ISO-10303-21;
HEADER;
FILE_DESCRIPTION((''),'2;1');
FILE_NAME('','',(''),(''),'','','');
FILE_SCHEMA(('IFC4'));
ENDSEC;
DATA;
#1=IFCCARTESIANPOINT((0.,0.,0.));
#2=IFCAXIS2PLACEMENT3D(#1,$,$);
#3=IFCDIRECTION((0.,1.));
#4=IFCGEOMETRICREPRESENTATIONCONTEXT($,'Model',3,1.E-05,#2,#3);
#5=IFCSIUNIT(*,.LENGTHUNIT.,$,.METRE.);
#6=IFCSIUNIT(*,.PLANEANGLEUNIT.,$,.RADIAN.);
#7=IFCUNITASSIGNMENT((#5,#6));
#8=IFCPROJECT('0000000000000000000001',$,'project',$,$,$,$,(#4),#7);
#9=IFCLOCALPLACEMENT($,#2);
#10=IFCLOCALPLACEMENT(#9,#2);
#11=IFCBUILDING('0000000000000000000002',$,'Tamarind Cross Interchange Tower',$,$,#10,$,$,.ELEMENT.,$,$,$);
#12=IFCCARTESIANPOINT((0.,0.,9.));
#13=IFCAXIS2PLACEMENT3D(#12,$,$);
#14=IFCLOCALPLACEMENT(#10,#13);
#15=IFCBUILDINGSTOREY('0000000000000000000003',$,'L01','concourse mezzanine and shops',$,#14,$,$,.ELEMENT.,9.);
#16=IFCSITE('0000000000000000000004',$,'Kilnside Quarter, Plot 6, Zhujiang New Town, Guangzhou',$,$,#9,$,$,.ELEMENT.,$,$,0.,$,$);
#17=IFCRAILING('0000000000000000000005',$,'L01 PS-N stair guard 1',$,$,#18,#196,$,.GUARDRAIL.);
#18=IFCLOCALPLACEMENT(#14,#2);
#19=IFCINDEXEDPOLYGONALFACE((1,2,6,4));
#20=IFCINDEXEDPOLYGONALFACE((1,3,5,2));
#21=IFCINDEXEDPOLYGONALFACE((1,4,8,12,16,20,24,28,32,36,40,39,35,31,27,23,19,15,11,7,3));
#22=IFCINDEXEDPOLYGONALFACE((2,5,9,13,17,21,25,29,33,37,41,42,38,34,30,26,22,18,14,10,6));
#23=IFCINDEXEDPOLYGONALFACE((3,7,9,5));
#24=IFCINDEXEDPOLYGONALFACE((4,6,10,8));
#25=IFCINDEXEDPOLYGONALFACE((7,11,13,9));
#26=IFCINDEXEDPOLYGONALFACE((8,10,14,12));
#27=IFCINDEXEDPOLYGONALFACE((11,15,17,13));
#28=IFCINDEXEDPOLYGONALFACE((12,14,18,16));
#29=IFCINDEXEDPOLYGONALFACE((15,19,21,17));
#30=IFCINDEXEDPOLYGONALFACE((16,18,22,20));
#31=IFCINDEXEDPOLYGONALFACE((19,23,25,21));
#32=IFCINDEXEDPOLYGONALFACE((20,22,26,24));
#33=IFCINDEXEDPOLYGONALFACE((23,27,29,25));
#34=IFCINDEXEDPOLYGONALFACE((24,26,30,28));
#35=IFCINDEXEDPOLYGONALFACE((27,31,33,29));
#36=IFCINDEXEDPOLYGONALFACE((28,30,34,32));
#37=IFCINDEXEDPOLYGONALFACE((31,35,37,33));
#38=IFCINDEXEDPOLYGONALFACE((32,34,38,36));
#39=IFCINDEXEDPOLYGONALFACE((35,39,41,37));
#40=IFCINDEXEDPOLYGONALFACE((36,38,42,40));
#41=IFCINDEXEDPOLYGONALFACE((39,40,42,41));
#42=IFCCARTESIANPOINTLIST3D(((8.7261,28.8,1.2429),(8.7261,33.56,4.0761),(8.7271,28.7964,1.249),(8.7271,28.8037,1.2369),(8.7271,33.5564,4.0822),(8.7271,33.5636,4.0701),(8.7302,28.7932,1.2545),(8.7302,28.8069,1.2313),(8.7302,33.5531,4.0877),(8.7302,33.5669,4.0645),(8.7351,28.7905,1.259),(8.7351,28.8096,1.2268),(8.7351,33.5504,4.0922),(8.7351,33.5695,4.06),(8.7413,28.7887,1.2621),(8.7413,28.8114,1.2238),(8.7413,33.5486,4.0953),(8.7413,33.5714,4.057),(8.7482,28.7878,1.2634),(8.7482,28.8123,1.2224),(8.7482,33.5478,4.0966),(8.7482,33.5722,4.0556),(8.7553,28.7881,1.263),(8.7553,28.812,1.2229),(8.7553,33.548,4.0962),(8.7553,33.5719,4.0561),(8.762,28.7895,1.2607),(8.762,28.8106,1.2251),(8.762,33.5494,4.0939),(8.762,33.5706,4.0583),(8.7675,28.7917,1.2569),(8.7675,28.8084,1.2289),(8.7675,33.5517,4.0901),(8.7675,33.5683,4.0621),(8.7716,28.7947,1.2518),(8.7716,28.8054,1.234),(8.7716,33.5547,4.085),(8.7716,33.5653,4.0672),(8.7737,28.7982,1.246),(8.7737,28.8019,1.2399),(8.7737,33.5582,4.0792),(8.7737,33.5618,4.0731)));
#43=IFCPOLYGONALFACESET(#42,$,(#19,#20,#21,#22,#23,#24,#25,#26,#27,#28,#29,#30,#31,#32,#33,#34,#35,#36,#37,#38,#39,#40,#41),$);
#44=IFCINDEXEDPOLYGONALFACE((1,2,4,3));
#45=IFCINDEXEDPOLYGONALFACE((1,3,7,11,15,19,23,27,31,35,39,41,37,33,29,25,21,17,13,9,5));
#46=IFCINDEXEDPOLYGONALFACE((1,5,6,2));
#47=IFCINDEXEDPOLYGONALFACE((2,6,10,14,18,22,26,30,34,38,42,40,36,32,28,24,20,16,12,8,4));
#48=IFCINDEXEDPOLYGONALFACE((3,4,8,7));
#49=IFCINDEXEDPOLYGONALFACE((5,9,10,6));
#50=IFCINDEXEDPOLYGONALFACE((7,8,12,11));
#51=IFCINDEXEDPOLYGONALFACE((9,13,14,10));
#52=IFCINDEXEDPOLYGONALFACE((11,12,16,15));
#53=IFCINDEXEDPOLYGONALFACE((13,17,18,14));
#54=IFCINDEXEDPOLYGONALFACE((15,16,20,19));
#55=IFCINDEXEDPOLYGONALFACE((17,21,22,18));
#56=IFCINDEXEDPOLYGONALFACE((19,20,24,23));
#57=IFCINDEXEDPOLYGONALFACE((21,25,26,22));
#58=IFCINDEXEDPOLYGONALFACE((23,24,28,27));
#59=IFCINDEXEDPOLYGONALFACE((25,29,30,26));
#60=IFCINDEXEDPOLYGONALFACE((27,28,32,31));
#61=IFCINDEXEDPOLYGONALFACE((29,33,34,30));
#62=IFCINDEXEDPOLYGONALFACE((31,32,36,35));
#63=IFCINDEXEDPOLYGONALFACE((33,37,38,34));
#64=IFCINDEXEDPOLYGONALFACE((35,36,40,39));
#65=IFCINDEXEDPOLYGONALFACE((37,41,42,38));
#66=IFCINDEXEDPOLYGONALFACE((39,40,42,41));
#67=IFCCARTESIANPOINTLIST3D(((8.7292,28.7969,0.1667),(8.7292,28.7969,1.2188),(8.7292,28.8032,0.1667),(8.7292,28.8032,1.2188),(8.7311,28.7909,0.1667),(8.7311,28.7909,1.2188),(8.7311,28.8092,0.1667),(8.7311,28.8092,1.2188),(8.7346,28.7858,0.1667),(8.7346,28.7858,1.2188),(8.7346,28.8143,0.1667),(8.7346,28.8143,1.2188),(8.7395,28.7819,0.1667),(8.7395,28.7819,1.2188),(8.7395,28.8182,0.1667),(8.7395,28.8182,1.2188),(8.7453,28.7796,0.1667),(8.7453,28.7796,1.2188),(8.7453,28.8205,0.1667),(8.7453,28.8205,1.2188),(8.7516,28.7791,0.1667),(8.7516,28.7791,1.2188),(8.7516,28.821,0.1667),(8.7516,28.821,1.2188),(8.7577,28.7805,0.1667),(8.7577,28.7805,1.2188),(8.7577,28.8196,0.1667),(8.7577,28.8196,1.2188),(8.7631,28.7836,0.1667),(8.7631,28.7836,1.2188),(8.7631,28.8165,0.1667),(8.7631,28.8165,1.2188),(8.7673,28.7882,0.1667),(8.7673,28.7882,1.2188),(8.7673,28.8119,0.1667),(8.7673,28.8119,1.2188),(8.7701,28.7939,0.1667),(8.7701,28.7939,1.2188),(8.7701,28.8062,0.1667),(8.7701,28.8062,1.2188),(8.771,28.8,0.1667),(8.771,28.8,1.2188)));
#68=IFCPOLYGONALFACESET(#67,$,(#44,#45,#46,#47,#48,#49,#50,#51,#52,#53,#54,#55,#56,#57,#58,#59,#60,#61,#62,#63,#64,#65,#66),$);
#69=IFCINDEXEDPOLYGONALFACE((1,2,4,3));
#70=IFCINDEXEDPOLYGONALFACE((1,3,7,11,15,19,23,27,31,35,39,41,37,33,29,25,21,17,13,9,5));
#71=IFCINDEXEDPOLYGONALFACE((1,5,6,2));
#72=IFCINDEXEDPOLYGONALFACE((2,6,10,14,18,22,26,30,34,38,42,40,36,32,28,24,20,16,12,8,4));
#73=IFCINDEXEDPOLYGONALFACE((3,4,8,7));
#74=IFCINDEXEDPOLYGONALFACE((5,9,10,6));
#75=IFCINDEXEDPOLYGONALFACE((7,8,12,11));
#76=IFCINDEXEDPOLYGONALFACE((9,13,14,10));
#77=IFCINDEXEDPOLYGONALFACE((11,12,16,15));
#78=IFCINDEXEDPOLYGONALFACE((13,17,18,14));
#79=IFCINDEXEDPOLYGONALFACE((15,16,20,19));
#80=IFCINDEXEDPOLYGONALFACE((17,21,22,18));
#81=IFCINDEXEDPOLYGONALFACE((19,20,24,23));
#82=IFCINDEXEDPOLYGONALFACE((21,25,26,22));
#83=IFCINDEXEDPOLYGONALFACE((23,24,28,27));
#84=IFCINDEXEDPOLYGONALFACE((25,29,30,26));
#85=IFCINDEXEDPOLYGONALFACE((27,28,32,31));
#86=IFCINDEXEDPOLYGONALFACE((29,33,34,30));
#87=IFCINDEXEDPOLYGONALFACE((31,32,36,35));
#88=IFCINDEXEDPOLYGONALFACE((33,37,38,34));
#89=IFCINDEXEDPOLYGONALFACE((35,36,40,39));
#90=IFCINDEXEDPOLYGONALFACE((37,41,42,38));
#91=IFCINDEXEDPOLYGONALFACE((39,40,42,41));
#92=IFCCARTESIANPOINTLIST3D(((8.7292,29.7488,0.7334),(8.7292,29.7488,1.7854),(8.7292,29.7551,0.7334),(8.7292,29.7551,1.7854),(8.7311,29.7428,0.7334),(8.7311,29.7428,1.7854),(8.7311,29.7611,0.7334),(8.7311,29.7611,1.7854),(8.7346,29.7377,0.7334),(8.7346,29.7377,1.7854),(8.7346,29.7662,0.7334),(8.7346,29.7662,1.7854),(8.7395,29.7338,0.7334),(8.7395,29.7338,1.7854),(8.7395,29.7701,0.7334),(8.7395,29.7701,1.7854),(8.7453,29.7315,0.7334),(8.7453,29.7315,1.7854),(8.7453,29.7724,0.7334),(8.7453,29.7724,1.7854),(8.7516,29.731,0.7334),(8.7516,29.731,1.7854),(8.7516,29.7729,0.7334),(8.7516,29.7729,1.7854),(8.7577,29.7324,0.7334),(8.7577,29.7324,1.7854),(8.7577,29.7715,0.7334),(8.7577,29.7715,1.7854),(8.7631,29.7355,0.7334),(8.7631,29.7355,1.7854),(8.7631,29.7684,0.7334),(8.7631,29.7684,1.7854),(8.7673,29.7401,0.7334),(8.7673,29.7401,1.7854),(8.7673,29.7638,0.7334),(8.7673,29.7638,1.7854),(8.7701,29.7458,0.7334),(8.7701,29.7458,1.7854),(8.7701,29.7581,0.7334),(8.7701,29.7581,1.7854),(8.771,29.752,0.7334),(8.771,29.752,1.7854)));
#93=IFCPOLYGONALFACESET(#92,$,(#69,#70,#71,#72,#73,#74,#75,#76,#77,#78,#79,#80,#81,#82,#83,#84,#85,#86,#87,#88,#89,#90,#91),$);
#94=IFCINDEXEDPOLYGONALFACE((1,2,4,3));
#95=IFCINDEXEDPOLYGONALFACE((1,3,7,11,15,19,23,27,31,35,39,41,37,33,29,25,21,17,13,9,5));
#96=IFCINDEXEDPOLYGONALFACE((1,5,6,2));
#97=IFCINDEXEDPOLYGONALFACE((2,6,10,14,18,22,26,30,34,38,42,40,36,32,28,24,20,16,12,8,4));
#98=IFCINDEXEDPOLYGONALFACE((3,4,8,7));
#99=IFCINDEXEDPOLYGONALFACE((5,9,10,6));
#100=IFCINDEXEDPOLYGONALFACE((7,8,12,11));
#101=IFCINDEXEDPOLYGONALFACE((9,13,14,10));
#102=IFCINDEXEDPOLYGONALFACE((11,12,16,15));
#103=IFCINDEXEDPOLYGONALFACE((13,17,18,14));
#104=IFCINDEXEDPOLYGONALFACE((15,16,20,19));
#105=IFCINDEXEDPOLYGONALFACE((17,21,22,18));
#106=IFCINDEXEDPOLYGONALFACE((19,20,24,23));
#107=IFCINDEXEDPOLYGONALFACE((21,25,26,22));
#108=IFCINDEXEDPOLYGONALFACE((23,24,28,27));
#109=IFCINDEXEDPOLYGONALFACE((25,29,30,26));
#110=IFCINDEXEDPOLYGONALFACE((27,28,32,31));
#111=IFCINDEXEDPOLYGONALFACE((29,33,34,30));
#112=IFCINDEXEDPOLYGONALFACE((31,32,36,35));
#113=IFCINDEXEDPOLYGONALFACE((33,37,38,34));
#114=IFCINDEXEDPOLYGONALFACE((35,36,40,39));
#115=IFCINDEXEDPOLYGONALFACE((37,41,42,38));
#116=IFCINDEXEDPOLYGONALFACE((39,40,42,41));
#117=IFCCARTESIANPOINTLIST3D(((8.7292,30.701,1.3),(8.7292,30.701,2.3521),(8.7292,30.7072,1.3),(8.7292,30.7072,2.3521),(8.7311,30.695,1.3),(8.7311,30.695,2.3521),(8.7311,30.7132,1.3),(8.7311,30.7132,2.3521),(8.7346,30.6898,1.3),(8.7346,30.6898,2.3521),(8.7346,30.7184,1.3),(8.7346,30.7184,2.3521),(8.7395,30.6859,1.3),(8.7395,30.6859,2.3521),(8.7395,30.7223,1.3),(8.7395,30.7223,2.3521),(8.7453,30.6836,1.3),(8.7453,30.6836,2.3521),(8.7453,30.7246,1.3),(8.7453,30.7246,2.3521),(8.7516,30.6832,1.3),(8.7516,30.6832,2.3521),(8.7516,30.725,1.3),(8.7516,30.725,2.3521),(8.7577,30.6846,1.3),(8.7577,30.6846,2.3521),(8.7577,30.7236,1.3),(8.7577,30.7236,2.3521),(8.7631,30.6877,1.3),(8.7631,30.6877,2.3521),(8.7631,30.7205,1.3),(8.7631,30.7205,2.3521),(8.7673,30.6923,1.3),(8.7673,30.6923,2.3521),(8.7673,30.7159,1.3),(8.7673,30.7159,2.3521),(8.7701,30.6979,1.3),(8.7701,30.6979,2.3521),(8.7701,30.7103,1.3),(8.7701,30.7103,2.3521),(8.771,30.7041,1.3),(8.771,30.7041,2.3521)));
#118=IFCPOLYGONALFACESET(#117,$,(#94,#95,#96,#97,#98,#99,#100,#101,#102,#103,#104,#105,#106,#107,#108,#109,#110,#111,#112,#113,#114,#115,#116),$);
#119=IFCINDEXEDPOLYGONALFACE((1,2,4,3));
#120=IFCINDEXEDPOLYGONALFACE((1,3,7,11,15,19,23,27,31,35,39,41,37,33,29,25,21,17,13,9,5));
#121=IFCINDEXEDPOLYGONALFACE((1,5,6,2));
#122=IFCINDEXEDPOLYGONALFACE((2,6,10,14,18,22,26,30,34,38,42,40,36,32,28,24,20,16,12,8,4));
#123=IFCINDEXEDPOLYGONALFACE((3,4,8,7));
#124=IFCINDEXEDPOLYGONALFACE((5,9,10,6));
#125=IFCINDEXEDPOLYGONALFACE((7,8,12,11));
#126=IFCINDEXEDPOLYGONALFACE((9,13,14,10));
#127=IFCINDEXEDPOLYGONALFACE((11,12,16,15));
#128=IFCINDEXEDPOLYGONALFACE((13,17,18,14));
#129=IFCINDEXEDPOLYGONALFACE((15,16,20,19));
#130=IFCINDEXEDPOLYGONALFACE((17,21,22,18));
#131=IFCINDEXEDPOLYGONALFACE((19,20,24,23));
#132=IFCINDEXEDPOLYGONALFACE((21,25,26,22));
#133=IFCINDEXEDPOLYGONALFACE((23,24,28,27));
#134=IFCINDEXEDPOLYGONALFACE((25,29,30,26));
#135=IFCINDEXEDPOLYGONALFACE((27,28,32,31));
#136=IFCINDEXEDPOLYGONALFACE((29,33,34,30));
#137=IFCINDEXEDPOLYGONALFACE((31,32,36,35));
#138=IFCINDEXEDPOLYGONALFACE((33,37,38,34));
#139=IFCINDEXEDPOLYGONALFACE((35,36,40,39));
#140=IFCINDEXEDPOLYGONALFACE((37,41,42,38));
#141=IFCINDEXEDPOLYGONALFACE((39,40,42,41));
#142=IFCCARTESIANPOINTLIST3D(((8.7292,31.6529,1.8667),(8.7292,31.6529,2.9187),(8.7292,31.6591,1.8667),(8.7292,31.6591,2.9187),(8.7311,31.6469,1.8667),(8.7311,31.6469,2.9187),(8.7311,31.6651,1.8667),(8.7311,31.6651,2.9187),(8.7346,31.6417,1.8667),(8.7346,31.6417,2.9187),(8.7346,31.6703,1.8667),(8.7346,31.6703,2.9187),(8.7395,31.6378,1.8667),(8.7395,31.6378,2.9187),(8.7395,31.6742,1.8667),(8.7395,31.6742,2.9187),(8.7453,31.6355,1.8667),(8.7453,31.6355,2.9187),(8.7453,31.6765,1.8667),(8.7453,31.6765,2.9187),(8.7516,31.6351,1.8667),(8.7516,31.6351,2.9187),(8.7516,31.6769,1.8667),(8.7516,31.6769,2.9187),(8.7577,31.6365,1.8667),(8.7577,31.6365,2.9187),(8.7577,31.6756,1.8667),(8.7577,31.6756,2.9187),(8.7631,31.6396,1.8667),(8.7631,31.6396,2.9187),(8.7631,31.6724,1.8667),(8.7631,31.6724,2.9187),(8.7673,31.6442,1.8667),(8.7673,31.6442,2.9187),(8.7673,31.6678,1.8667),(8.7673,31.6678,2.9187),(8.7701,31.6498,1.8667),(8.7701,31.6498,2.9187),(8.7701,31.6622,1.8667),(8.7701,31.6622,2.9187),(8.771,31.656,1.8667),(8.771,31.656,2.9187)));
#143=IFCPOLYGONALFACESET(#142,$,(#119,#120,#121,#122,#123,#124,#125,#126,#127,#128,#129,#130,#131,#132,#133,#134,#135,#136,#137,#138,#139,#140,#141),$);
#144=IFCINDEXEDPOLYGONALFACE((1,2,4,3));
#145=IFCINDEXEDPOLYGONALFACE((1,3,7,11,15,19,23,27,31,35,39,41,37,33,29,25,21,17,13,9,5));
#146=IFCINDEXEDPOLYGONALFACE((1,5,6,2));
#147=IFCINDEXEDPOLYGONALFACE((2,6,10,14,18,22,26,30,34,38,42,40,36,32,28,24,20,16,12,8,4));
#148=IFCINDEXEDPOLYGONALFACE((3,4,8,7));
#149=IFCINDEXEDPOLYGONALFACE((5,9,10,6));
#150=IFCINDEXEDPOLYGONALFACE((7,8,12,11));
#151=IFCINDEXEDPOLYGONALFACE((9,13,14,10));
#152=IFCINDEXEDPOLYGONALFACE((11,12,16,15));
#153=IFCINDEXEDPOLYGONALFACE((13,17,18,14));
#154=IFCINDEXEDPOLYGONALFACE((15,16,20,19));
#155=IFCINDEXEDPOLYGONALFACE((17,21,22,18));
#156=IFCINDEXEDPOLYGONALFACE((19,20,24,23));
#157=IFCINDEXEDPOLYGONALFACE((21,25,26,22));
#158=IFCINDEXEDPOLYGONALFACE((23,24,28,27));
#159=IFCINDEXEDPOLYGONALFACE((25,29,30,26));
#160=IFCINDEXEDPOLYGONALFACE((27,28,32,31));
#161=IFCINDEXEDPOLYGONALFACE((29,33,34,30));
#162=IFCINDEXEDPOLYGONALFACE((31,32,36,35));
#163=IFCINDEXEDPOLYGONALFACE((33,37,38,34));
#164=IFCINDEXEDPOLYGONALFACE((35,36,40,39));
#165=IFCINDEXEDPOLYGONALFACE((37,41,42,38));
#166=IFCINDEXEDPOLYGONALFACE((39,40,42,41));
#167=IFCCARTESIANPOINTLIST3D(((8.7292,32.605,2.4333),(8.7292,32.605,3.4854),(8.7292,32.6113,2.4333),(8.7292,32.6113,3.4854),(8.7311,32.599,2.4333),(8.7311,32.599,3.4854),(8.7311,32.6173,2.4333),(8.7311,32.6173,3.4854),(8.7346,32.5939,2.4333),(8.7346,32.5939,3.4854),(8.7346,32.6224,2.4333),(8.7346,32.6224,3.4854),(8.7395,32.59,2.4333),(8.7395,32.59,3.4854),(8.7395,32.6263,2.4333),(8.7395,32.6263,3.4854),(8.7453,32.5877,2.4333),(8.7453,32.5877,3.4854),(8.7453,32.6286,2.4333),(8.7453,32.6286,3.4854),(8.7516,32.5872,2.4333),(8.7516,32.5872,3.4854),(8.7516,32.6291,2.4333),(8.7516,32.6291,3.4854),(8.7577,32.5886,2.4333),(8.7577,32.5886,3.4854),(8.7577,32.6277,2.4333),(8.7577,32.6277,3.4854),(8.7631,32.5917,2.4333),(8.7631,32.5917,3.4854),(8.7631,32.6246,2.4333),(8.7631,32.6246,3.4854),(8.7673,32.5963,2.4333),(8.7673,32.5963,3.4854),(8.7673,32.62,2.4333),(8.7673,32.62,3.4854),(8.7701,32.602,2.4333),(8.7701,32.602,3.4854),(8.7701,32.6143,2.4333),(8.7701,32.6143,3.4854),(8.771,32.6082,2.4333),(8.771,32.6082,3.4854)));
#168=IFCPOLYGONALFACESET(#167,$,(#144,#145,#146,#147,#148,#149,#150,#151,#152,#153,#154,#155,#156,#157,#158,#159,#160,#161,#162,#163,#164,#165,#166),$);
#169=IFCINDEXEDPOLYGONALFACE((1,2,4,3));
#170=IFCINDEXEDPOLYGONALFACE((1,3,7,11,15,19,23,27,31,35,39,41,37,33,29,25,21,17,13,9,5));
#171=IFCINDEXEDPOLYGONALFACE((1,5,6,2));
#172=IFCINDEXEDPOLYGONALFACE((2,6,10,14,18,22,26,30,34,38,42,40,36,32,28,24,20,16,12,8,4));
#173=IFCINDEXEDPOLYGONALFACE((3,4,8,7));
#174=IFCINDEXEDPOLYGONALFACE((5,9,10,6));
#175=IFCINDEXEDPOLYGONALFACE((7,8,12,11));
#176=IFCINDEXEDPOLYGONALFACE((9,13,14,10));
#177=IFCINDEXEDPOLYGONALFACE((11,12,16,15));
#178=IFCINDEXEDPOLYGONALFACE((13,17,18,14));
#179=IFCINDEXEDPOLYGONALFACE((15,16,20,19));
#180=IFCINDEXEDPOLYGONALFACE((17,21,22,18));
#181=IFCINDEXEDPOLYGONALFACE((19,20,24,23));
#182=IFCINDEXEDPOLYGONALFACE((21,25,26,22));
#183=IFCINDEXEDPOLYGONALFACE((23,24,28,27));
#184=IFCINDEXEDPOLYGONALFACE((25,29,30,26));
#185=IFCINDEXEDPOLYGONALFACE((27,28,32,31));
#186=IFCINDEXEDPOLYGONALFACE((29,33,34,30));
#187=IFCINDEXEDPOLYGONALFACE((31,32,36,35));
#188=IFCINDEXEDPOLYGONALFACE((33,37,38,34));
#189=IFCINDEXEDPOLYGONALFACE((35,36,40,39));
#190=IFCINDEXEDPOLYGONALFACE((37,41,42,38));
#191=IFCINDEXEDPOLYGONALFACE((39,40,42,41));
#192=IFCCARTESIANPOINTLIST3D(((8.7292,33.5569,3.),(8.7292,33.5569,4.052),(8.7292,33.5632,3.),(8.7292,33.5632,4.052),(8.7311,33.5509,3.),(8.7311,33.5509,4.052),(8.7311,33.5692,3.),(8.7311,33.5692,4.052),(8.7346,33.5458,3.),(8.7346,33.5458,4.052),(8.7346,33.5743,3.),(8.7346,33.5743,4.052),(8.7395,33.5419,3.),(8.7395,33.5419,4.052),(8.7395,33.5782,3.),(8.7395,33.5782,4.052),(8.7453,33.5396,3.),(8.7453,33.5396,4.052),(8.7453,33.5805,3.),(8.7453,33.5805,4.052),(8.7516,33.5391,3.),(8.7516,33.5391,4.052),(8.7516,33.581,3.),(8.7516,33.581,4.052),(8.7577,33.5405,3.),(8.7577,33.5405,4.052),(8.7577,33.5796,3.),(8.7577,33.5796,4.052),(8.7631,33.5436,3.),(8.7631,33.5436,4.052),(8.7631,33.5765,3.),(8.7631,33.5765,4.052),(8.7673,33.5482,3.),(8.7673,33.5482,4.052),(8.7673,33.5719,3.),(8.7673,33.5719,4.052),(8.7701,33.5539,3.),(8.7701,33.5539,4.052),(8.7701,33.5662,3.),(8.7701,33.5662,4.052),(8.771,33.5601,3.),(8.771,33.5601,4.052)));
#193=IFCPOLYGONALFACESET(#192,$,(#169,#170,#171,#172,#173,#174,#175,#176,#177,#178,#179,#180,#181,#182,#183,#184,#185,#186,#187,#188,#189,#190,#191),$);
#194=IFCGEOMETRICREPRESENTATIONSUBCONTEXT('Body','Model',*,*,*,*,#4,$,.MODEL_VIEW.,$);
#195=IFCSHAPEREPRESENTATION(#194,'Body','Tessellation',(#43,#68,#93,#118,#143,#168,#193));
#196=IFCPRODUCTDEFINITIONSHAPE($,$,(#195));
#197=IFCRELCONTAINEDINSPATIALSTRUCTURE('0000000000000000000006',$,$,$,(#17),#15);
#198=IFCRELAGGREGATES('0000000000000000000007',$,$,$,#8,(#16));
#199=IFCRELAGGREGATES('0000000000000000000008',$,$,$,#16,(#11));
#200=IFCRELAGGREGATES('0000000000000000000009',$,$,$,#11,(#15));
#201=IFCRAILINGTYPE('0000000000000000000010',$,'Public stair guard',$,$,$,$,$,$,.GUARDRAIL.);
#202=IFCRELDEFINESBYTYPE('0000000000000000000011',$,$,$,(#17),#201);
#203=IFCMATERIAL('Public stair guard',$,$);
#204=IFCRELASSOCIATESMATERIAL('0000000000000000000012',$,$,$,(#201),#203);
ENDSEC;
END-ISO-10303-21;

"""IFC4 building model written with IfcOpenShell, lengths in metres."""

from ifc_helpers import new_model, si_unit, direction, frame, origin, origin_2d, place, context, subcontext, project, spatial, circle, extrude, material, type_object, element, save


model = new_model("IFC4")

# Units and contexts
model_context = context("Model", 3, precision=1e-05, world=origin(), true_north=direction((0.0, 1.0)))
body_context = subcontext(model_context, "Body", "Model", "MODEL_VIEW")
ifc_project = project(units=[si_unit("LENGTHUNIT", "METRE"), si_unit("PLANEANGLEUNIT", "RADIAN")], contexts=[model_context])

# Site, building, storey
site_placement = place(None, origin())
site = spatial("IfcSite", under=ifc_project, at=site_placement, Name="Kilnside Quarter, Plot 6, Zhujiang New Town, Guangzhou", CompositionType="ELEMENT", RefElevation=0.0)
building_placement = place(site_placement, origin())
building = spatial("IfcBuilding", under=site, at=building_placement, Name="Tamarind Cross Interchange Tower", CompositionType="ELEMENT")
storey_placement = place(building_placement, frame((0.0, 0.0, 9.0)))
storey = spatial("IfcBuildingStorey", under=building, at=storey_placement, Name="L01", Description="concourse mezzanine and shops", CompositionType="ELEMENT", Elevation=9.0)

# Railing
ifc_material_1 = material(Name="Public stair guard")
railing_type_1 = type_object("IfcRailingType", Name="Public stair guard", PredefinedType="GUARDRAIL", material=ifc_material_1)
railing_1_placement = place(storey_placement, frame((8.75, 28.8, 0.1667)))
element("IfcRailing", 1, at=railing_1_placement, inside=storey, type_object=railing_type_1, Name="L01 PS-N stair guard 1", PredefinedType="GUARDRAIL", context=body_context, shape_type="SweptSolid", body=[
    extrude(circle(Radius=0.0239, at=origin_2d()), frame((0.0, 0.0, 1.0762), z_axis=(0.0, 0.8593, 0.511472), x_axis=(-1.0, 0.0, 0.0)), (0.0, 0.0, 1.0), 5.5393),
    extrude(circle(Radius=0.021, at=origin_2d()), origin(), (0.0, 0.0, 1.0), 1.052),
    extrude(circle(Radius=0.021, at=origin_2d()), frame((0.0, 0.9519, 0.5667)), (0.0, 0.0, 1.0), 1.052),
    extrude(circle(Radius=0.021, at=origin_2d()), frame((0.0, 1.9041, 1.1333)), (0.0, 0.0, 1.0), 1.052),
    extrude(circle(Radius=0.021, at=origin_2d()), frame((0.0, 2.856, 1.7)), (0.0, 0.0, 1.0), 1.052),
    extrude(circle(Radius=0.021, at=origin_2d()), frame((0.0, 3.8081, 2.2666)), (0.0, 0.0, 1.0), 1.052),
    extrude(circle(Radius=0.021, at=origin_2d()), frame((0.0, 4.76, 2.8333)), (0.0, 0.0, 1.0), 1.052),
])

save(model, "model.ifc")
